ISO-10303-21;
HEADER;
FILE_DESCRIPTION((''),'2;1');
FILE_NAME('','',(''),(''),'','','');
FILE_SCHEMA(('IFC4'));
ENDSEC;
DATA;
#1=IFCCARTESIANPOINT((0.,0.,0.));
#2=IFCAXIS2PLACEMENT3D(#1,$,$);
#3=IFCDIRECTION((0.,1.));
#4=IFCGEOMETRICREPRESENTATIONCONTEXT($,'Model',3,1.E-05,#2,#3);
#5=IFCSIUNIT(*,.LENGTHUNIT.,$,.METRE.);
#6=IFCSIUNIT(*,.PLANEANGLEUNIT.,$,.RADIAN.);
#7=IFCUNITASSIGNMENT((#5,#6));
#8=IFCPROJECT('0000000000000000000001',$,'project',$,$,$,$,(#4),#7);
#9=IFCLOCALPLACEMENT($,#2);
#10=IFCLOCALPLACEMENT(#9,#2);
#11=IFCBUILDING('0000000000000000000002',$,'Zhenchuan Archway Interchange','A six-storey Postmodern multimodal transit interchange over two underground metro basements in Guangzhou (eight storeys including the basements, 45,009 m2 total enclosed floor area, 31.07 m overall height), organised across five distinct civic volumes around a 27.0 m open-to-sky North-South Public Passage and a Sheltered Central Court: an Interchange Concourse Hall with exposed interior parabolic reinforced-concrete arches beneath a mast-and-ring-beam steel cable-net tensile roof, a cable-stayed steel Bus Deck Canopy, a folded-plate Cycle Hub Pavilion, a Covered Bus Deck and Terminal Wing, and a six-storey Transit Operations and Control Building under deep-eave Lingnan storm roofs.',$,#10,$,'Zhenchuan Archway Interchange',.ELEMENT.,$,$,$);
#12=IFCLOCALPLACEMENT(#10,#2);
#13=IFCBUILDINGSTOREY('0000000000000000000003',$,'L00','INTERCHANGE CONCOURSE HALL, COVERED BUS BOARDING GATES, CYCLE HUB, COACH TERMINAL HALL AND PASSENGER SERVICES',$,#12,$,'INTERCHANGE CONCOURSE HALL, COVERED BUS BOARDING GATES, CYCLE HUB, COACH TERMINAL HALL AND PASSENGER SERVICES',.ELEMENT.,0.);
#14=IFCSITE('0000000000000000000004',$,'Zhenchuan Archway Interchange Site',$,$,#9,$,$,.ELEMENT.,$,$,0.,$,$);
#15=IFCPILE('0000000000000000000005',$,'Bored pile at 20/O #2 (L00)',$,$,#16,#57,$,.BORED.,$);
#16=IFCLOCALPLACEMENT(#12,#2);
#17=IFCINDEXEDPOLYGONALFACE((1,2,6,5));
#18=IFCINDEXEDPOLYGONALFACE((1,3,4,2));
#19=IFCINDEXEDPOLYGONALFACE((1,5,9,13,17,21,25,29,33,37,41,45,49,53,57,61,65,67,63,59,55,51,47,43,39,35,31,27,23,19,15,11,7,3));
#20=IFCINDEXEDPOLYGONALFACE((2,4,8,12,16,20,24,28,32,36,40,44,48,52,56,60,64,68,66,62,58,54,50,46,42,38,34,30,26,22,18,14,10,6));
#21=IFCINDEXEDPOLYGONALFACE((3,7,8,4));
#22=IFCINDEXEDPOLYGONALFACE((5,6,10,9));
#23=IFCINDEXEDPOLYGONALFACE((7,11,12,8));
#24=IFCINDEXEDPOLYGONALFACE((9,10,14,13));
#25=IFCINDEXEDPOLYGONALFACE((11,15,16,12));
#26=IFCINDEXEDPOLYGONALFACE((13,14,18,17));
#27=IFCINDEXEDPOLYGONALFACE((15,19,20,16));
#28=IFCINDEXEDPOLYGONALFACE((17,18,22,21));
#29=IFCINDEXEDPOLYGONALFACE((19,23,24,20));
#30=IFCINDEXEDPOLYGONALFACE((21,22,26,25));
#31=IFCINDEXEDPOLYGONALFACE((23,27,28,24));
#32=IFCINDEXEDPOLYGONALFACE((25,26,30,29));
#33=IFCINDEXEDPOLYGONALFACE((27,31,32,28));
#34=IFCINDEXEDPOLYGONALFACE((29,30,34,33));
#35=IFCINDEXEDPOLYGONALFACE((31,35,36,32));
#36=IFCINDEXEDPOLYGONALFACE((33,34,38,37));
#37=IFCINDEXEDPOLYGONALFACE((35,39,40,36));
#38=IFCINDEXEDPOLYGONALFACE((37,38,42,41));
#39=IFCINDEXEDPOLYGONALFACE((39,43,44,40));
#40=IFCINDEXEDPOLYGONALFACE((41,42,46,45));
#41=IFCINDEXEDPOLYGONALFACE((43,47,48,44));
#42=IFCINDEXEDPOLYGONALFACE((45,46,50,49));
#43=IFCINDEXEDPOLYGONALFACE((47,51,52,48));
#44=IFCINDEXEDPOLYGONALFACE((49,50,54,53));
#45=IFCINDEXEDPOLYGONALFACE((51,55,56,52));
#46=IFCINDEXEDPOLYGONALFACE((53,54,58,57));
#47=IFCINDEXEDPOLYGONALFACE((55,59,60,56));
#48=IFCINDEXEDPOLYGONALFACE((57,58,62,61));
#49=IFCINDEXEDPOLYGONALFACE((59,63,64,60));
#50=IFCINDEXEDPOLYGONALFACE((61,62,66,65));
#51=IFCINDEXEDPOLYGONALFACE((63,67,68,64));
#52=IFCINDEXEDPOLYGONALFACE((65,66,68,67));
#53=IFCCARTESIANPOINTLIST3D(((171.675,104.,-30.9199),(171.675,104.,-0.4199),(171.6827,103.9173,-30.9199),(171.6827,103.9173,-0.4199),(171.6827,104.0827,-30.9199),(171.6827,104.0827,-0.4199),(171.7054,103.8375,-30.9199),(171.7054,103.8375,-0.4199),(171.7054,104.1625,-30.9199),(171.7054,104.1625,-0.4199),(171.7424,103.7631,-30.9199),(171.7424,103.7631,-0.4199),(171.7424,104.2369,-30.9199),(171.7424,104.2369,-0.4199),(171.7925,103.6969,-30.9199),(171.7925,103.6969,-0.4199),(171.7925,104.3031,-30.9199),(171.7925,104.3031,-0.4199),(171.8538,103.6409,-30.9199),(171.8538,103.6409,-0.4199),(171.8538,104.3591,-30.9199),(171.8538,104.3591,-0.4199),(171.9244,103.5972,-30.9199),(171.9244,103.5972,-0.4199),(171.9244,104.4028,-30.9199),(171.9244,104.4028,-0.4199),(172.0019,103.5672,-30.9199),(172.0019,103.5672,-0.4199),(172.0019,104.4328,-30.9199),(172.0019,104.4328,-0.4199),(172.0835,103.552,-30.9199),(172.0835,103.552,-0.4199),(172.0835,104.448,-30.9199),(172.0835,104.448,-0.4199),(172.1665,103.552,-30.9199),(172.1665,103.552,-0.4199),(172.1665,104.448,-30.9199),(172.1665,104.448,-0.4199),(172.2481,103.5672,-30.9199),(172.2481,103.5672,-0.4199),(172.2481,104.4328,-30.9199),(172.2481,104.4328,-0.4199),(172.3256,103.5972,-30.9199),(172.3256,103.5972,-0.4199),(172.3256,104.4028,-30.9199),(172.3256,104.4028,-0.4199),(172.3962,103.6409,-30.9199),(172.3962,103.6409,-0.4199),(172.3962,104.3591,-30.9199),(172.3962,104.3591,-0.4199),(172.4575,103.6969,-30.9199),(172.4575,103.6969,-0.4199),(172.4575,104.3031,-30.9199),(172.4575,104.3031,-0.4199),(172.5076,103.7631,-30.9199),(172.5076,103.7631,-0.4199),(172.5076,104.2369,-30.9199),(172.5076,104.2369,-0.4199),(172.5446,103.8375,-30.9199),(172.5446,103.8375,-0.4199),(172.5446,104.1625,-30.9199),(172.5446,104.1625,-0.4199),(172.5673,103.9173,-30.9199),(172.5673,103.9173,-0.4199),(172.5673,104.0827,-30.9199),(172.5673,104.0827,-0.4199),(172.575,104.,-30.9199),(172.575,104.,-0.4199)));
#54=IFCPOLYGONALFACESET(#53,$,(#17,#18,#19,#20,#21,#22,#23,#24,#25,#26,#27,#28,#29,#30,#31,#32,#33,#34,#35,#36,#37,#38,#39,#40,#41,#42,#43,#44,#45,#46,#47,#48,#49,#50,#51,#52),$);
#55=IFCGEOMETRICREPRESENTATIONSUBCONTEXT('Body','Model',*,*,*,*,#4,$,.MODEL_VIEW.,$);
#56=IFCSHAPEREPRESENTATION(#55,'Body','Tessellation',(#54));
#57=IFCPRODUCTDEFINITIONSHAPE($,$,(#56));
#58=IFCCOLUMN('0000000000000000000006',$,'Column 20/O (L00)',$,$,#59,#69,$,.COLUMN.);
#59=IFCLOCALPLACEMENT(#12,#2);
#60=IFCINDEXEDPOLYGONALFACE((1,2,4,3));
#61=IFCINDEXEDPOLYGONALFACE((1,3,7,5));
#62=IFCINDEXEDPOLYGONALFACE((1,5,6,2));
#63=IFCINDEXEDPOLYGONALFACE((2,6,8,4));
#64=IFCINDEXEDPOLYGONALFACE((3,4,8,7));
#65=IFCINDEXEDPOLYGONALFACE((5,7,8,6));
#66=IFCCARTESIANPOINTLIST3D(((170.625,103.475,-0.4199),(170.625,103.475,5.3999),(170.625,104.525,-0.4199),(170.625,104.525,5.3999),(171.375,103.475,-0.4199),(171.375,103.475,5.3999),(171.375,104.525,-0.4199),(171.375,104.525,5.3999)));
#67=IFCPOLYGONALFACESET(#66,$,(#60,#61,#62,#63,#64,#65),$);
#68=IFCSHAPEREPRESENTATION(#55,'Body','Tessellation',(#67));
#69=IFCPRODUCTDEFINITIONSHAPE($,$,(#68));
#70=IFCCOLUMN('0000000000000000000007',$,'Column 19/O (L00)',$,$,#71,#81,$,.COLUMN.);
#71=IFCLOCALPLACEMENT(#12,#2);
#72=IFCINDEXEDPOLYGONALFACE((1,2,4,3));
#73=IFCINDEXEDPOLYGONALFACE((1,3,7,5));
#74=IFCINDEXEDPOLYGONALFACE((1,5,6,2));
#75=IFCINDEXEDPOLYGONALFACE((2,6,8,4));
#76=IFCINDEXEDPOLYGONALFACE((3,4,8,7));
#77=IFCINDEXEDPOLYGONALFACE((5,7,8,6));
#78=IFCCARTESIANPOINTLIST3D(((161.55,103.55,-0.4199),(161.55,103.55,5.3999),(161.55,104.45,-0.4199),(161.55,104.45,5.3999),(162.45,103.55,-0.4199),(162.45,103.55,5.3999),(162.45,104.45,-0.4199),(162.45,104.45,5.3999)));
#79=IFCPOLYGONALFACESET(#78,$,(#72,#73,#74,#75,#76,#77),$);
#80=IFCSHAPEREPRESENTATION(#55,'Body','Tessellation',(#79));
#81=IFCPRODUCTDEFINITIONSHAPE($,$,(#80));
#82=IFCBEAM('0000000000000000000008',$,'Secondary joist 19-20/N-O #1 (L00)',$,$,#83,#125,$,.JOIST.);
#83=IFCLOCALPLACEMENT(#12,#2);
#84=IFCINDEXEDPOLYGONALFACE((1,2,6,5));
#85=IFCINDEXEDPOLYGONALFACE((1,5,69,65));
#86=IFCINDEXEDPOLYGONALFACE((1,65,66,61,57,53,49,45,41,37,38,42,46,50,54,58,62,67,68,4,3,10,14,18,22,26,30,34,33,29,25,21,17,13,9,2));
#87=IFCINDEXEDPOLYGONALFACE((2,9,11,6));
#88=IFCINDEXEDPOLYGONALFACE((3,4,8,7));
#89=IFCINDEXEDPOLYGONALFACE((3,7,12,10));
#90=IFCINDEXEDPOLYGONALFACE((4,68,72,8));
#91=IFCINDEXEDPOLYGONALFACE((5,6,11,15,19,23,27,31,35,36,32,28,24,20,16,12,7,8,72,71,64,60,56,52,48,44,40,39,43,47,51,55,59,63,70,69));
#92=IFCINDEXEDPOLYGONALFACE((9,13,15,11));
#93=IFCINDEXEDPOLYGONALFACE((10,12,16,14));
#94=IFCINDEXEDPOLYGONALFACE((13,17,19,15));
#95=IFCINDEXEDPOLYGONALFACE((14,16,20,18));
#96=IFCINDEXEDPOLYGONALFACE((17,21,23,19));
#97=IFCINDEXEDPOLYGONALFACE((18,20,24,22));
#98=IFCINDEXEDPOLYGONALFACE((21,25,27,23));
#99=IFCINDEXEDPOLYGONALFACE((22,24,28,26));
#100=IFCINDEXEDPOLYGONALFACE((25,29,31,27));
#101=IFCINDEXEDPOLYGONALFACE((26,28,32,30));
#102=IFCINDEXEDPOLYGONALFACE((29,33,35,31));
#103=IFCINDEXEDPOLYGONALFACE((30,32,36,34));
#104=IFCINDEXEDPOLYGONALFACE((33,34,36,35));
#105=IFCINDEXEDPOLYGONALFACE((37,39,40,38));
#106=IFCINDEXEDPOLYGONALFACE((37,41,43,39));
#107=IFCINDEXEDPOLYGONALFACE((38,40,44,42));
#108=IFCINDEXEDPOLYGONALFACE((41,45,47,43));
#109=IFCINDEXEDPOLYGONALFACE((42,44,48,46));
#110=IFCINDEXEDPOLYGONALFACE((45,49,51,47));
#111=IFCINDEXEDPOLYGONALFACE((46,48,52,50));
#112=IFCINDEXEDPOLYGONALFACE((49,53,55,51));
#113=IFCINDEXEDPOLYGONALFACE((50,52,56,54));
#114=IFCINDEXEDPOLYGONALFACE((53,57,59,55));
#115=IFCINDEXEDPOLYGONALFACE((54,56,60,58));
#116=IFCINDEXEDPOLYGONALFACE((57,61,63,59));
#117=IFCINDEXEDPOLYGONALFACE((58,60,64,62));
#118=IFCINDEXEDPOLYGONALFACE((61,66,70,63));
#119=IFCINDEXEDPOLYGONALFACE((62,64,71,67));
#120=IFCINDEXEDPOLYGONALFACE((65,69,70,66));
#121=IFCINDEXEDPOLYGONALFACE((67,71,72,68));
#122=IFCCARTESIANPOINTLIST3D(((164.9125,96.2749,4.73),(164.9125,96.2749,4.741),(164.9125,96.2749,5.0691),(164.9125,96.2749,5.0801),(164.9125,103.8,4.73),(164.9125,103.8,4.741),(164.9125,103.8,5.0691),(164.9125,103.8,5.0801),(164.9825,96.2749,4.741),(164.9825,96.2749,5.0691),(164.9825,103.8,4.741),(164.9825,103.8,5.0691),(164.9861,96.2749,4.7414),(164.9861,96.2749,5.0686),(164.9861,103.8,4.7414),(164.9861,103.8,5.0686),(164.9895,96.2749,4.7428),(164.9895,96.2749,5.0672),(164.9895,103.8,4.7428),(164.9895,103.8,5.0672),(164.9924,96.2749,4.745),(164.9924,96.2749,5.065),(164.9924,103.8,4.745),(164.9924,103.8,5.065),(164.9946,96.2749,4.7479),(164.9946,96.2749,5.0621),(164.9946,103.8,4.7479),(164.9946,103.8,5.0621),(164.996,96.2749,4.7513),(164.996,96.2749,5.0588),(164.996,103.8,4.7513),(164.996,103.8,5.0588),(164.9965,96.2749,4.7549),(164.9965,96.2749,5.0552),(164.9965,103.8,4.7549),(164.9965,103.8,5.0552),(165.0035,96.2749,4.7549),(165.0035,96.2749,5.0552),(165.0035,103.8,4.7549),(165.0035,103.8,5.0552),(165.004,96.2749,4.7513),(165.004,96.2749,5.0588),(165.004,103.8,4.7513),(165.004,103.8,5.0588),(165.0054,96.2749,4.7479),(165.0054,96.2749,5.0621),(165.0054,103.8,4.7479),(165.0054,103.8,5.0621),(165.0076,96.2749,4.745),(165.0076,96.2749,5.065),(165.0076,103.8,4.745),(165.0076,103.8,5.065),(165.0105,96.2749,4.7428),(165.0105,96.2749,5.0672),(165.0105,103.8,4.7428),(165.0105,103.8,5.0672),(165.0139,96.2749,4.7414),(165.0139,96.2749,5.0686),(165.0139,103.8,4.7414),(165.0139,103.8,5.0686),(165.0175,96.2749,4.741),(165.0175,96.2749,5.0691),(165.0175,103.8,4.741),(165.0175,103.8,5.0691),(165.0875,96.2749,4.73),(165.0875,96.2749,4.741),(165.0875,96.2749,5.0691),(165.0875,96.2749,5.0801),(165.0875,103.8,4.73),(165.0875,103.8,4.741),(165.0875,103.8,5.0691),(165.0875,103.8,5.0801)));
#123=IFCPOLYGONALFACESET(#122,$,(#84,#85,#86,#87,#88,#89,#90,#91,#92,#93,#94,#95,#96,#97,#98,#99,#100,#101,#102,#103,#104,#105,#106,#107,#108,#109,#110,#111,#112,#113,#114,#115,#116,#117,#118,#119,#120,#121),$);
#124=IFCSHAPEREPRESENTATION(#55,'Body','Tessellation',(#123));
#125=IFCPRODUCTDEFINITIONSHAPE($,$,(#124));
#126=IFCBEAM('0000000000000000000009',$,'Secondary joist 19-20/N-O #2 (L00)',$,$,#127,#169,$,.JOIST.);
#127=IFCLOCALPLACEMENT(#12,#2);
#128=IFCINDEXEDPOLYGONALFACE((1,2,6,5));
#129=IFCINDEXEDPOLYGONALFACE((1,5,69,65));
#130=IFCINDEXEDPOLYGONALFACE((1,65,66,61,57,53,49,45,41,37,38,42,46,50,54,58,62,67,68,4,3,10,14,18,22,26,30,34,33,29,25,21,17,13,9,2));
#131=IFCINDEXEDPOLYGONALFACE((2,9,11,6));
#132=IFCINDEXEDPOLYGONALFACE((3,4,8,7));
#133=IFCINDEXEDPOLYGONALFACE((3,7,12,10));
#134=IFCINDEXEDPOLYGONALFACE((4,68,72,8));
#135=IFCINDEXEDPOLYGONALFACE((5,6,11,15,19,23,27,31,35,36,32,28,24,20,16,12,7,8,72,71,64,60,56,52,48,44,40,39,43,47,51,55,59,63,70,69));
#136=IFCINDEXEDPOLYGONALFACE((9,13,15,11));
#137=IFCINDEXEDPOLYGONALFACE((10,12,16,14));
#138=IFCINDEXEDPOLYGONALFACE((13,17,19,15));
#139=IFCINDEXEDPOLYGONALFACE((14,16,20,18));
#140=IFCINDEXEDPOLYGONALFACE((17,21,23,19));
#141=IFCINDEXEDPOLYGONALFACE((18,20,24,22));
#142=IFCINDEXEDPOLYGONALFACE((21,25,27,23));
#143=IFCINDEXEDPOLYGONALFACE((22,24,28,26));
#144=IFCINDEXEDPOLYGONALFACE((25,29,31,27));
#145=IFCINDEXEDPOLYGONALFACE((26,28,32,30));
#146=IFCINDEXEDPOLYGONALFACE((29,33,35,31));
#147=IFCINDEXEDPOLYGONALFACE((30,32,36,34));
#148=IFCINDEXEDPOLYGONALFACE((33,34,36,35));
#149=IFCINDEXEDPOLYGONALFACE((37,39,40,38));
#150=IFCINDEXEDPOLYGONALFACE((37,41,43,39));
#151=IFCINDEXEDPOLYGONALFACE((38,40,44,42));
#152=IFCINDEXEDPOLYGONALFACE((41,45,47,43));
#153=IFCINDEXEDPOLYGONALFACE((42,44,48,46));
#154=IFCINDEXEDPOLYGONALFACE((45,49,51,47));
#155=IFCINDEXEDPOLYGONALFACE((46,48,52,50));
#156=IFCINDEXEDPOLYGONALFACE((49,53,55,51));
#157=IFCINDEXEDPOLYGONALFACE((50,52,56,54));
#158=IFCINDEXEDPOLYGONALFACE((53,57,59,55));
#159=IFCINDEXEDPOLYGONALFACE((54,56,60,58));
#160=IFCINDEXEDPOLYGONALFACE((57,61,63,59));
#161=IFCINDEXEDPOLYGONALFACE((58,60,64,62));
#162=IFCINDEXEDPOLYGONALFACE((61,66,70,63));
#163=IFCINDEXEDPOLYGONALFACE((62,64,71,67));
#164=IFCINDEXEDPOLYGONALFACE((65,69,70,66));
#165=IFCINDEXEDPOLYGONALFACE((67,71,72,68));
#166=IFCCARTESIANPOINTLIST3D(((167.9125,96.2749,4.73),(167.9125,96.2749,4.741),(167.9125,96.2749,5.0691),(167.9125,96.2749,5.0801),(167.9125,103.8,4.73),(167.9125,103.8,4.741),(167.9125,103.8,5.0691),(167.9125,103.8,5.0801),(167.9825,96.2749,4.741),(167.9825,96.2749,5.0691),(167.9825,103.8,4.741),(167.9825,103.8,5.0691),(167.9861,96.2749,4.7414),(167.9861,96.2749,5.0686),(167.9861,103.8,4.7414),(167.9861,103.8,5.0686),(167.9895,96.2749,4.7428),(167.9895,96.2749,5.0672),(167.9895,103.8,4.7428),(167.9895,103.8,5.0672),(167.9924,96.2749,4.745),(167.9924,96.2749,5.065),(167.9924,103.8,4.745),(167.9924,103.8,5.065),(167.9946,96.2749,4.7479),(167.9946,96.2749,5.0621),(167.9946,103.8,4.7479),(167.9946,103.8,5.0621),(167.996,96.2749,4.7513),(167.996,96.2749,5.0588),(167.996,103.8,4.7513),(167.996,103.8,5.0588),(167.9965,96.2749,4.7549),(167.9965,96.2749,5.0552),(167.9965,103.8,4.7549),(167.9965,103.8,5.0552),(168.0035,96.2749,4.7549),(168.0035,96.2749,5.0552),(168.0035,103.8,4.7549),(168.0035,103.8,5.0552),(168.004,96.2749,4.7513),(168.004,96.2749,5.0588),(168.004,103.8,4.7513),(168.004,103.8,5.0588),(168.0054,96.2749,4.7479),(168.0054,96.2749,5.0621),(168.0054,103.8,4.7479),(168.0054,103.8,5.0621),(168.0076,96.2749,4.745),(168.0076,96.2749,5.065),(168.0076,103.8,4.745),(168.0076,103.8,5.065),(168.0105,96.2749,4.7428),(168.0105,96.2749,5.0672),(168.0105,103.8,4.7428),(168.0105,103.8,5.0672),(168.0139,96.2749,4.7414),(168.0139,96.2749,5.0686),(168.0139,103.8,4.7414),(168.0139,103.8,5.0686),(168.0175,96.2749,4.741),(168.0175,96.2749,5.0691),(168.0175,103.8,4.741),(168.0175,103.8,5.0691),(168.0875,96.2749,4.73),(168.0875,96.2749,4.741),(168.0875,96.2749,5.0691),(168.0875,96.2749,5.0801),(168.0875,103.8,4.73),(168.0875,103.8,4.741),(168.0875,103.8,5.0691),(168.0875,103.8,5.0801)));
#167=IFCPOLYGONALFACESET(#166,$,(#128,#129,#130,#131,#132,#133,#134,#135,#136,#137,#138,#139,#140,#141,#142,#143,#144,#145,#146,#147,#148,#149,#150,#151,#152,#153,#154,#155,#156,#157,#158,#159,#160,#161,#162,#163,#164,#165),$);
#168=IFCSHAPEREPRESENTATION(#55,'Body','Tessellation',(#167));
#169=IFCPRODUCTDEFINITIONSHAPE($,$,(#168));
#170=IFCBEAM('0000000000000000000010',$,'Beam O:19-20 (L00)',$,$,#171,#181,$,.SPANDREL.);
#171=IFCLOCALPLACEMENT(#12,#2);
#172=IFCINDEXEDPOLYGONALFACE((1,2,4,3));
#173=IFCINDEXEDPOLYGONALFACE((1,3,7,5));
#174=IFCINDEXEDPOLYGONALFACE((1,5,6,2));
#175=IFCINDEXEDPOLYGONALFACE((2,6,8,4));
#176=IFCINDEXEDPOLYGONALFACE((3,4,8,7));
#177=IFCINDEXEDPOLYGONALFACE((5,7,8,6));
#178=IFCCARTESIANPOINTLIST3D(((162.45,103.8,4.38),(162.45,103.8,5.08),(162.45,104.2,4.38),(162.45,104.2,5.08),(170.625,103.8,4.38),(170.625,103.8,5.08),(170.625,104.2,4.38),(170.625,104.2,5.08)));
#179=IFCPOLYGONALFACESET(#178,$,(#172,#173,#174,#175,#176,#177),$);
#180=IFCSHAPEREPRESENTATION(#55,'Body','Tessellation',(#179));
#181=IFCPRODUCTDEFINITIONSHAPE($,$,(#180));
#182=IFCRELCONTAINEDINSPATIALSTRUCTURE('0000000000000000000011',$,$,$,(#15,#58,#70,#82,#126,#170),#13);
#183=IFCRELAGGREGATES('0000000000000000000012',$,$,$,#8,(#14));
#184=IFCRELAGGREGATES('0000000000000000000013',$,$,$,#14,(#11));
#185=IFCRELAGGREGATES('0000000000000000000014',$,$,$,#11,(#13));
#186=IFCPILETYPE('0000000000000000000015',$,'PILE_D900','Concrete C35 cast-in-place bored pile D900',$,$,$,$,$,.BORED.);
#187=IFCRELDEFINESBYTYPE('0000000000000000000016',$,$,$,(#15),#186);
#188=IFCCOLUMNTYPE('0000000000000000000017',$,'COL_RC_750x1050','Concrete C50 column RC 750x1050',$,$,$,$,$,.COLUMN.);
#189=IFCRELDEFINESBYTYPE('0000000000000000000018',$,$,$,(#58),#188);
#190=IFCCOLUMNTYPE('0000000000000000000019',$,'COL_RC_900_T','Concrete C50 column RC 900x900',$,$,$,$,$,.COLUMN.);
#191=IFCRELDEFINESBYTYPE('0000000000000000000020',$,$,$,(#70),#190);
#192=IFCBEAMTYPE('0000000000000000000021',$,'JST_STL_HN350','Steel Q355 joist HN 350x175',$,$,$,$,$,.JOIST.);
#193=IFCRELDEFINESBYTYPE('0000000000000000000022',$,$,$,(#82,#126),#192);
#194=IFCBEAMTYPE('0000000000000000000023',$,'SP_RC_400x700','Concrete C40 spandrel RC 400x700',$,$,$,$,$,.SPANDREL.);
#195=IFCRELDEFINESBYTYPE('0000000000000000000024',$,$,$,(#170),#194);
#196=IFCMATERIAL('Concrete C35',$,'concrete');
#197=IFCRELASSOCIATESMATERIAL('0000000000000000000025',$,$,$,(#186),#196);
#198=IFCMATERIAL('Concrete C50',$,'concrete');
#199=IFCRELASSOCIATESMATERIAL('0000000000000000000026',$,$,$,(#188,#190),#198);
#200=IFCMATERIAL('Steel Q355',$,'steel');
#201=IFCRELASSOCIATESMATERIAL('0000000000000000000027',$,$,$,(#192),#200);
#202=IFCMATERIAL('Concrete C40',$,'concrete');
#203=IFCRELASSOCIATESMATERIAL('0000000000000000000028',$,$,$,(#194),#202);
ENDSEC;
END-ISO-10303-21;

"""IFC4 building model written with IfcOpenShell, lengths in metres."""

from ifc_helpers import new_model, si_unit, direction, frame, origin, origin_2d, place, context, subcontext, project, spatial, rectangle, circle, i_section, extrude, material, material_profile, profile_set, type_object, element, save


model = new_model("IFC4")

# Units and contexts
model_context = context("Model", 3, precision=1e-05, world=origin(), true_north=direction((0.0, 1.0)))
body_context = subcontext(model_context, "Body", "Model", "MODEL_VIEW")
ifc_project = project(units=[si_unit("LENGTHUNIT", "METRE"), si_unit("PLANEANGLEUNIT", "RADIAN")], contexts=[model_context])

# Site, building, storey
site_placement = place(None, origin())
site = spatial("IfcSite", under=ifc_project, at=site_placement, Name="Zhenchuan Archway Interchange Site", CompositionType="ELEMENT", RefElevation=0.0)
building_placement = place(site_placement, origin())
building = spatial("IfcBuilding", under=site, at=building_placement, Name="Zhenchuan Archway Interchange", Description="A six-storey Postmodern multimodal transit interchange over two underground metro basements in Guangzhou (eight storeys including the basements, 45,009 m2 total enclosed floor area, 31.07 m overall height), organised across five distinct civic volumes around a 27.0 m open-to-sky North-South Public Passage and a Sheltered Central Court: an Interchange Concourse Hall with exposed interior parabolic reinforced-concrete arches beneath a mast-and-ring-beam steel cable-net tensile roof, a cable-stayed steel Bus Deck Canopy, a folded-plate Cycle Hub Pavilion, a Covered Bus Deck and Terminal Wing, and a six-storey Transit Operations and Control Building under deep-eave Lingnan storm roofs.", LongName="Zhenchuan Archway Interchange", CompositionType="ELEMENT")
storey_placement = place(building_placement, origin())
storey = spatial("IfcBuildingStorey", under=building, at=storey_placement, Name="L00", Description="INTERCHANGE CONCOURSE HALL, COVERED BUS BOARDING GATES, CYCLE HUB, COACH TERMINAL HALL AND PASSENGER SERVICES", LongName="INTERCHANGE CONCOURSE HALL, COVERED BUS BOARDING GATES, CYCLE HUB, COACH TERMINAL HALL AND PASSENGER SERVICES", CompositionType="ELEMENT", Elevation=0.0)

# Shared definitions
ifc_material_1 = material(Name="Concrete C40", Category="concrete")

# Pile
ifc_material_2 = material(Name="Concrete C35", Category="concrete")
ifc_material_profile_1 = material_profile(ifc_material_2, circle(Radius=0.45, at=origin_2d()), Name="BORED PILE 900")
ifc_profile_set_1 = profile_set([ifc_material_profile_1], Name="Concrete C35")
pile_type = type_object("IfcPileType", Name="PILE_D900", Description="Concrete C35 cast-in-place bored pile D900", PredefinedType="BORED", material=ifc_profile_set_1)
for number, where, z_axis, x_axis, name in (
    (1, (172.125, 104.0, -0.4199), (0.0, 0.0, -1.0), (1.0, 0.0, 0.0), "Bored pile at 20/O #2 (L00)"),
):
    element("IfcPile", number, at=place(storey_placement, frame(where, z_axis=z_axis, x_axis=x_axis)), inside=storey, type_object=pile_type, Name=name, PredefinedType="BORED", context=body_context, shape_type="SweptSolid", body=[
        extrude(circle(Radius=0.45, at=origin_2d()), origin(), (0.0, 0.0, 1.0), 30.5),
    ])

# Columns
ifc_material_3 = material(Name="Concrete C50", Category="concrete")
ifc_material_profile_2 = material_profile(ifc_material_3, rectangle(XDim=0.75, YDim=1.05, at=origin_2d()), Name="RC 750x1050")
ifc_profile_set_2 = profile_set([ifc_material_profile_2], Name="Concrete C50")
column_type_1 = type_object("IfcColumnType", Name="COL_RC_750x1050", Description="Concrete C50 column RC 750x1050", PredefinedType="COLUMN", material=ifc_profile_set_2)
column_1_placement = place(storey_placement, frame((171.0, 104.0, -0.4199), z_axis=(0.0, 0.0, 1.0), x_axis=(1.0, 0.0, 0.0)))
element("IfcColumn", 2, at=column_1_placement, inside=storey, type_object=column_type_1, Name="Column 20/O (L00)", PredefinedType="COLUMN", context=body_context, shape_type="SweptSolid", body=[
    extrude(rectangle(XDim=0.75, YDim=1.05, at=origin_2d()), origin(), (0.0, 0.0, 1.0), 5.8198),
])
ifc_material_profile_3 = material_profile(ifc_material_3, rectangle(XDim=0.8999, YDim=0.8999, at=origin_2d()), Name="RC 900x900")
ifc_profile_set_3 = profile_set([ifc_material_profile_3], Name="Concrete C50")
column_type_2 = type_object("IfcColumnType", Name="COL_RC_900_T", Description="Concrete C50 column RC 900x900", PredefinedType="COLUMN", material=ifc_profile_set_3)
column_2_placement = place(storey_placement, frame((162.0, 104.0, -0.4199), z_axis=(0.0, 0.0, 1.0), x_axis=(1.0, 0.0, 0.0)))
element("IfcColumn", 3, at=column_2_placement, inside=storey, type_object=column_type_2, Name="Column 19/O (L00)", PredefinedType="COLUMN", context=body_context, shape_type="SweptSolid", body=[
    extrude(rectangle(XDim=0.8999, YDim=0.8999, at=origin_2d()), origin(), (0.0, 0.0, 1.0), 5.8198),
])

# Beams
ifc_material_4 = material(Name="Steel Q355", Category="steel")
ifc_material_profile_4 = material_profile(ifc_material_4, i_section(OverallWidth=0.175, OverallDepth=0.3501, WebThickness=0.0071, FlangeThickness=0.011, FilletRadius=0.0139, at=origin_2d()), Name="HN 350x175")
ifc_profile_set_4 = profile_set([ifc_material_profile_4], Name="Steel Q355")
beam_type_1 = type_object("IfcBeamType", Name="JST_STL_HN350", Description="Steel Q355 joist HN 350x175", PredefinedType="JOIST", material=ifc_profile_set_4)
for number, where, z_axis, x_axis, name in (
    (4, (165.0, 96.2749, 4.905), (0.0, 1.0, 0.0), (-1.0, 0.0, 0.0), "Secondary joist 19-20/N-O #1 (L00)"),
    (5, (168.0, 96.2749, 4.905), (0.0, 1.0, 0.0), (-1.0, 0.0, 0.0), "Secondary joist 19-20/N-O #2 (L00)"),
):
    element("IfcBeam", number, at=place(storey_placement, frame(where, z_axis=z_axis, x_axis=x_axis)), inside=storey, type_object=beam_type_1, Name=name, PredefinedType="JOIST", context=body_context, shape_type="SweptSolid", body=[
        extrude(i_section(OverallWidth=0.175, OverallDepth=0.3501, WebThickness=0.0071, FlangeThickness=0.011, FilletRadius=0.0139, at=origin_2d()), origin(), (0.0, 0.0, 1.0), 7.5251),
    ])
ifc_material_profile_5 = material_profile(ifc_material_1, rectangle(XDim=0.3999, YDim=0.7, at=origin_2d()), Name="RC 400x700")
ifc_profile_set_5 = profile_set([ifc_material_profile_5], Name="Concrete C40")
beam_type_2 = type_object("IfcBeamType", Name="SP_RC_400x700", Description="Concrete C40 spandrel RC 400x700", PredefinedType="SPANDREL", material=ifc_profile_set_5)
beam_1_placement = place(storey_placement, frame((162.45, 104.0, 4.73), z_axis=(1.0, 0.0, 0.0), x_axis=(0.0, 1.0, 0.0)))
element("IfcBeam", 6, at=beam_1_placement, inside=storey, type_object=beam_type_2, Name="Beam O:19-20 (L00)", PredefinedType="SPANDREL", context=body_context, shape_type="SweptSolid", body=[
    extrude(rectangle(XDim=0.3999, YDim=0.7, at=origin_2d()), origin(), (0.0, 0.0, 1.0), 8.175),
])

save(model, "model.ifc")
